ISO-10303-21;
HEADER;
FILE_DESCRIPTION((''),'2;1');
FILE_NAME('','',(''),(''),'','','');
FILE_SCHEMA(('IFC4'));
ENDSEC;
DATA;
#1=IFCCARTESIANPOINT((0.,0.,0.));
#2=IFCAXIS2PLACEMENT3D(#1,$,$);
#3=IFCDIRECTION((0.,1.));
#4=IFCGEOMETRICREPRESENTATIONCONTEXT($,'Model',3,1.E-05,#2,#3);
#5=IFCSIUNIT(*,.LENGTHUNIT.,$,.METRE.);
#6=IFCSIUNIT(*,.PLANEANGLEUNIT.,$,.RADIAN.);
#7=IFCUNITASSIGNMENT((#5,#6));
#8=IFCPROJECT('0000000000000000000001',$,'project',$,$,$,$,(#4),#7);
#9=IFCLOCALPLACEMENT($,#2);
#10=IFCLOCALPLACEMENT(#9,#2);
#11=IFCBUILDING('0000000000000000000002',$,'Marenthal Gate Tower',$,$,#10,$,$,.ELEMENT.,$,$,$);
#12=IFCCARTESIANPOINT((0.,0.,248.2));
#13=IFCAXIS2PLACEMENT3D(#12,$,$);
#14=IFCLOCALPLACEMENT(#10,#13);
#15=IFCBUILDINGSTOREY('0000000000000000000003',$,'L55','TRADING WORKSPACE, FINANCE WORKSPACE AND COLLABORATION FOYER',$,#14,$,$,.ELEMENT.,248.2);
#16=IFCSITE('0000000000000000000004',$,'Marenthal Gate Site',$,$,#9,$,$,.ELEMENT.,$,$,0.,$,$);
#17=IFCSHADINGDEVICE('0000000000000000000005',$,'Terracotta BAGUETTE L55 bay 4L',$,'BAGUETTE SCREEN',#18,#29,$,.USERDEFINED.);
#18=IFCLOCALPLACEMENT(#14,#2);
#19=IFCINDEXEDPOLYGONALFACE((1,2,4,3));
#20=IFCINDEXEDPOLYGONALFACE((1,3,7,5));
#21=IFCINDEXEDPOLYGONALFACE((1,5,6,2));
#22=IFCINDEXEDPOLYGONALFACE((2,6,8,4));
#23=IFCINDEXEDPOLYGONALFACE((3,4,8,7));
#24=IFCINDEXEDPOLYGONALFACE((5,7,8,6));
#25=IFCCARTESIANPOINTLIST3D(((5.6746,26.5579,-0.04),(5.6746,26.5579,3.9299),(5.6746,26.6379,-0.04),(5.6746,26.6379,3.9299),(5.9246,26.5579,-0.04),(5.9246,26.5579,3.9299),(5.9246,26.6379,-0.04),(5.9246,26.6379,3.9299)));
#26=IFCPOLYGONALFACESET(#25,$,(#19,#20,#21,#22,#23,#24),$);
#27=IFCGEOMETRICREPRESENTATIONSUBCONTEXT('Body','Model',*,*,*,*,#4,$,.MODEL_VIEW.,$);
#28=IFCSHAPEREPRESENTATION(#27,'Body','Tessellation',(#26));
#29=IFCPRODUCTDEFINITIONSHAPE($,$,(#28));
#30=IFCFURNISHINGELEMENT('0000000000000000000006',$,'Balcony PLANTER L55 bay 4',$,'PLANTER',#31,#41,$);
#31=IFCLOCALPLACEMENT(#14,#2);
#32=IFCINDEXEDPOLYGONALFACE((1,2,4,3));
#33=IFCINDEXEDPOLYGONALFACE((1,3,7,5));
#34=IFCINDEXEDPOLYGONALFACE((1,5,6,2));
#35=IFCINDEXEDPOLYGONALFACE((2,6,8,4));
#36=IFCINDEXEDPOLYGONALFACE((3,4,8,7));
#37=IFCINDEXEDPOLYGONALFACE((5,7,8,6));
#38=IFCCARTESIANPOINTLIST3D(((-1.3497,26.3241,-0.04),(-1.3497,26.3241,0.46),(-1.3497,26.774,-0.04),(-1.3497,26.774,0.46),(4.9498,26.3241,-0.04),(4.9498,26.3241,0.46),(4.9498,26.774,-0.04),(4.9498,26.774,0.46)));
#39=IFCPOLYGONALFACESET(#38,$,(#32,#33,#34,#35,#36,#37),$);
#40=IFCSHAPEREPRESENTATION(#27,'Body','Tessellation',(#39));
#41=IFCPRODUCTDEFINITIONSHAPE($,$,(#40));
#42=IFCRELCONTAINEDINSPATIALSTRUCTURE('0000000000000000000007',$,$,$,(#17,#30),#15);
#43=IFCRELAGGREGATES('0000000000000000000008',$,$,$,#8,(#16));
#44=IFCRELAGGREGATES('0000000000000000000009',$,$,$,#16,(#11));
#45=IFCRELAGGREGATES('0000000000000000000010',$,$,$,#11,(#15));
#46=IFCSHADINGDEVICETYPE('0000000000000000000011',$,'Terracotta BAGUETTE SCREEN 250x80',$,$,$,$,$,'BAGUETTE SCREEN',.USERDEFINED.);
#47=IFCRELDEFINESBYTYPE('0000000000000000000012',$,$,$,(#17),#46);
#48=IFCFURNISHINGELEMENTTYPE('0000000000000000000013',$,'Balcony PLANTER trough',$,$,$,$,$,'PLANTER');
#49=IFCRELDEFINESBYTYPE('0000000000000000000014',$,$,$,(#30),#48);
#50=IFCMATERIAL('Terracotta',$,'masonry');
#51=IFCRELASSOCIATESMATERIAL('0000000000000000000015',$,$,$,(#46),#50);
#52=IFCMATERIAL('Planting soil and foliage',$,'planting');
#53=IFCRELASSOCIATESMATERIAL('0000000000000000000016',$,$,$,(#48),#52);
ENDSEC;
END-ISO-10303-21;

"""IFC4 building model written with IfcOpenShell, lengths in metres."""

from ifc_helpers import new_model, si_unit, direction, frame, origin, origin_2d, place, context, subcontext, project, spatial, rectangle, extrude, material, material_profile, profile_set, type_object, element, save


model = new_model("IFC4")

# Units and contexts
model_context = context("Model", 3, precision=1e-05, world=origin(), true_north=direction((0.0, 1.0)))
body_context = subcontext(model_context, "Body", "Model", "MODEL_VIEW")
ifc_project = project(units=[si_unit("LENGTHUNIT", "METRE"), si_unit("PLANEANGLEUNIT", "RADIAN")], contexts=[model_context])

# Site, building, storey
site_placement = place(None, origin())
site = spatial("IfcSite", under=ifc_project, at=site_placement, Name="Marenthal Gate Site", CompositionType="ELEMENT", RefElevation=0.0)
building_placement = place(site_placement, origin())
building = spatial("IfcBuilding", under=site, at=building_placement, Name="Marenthal Gate Tower", CompositionType="ELEMENT")
storey_placement = place(building_placement, frame((0.0, 0.0, 248.2)))
storey = spatial("IfcBuildingStorey", under=building, at=storey_placement, Name="L55", Description="TRADING WORKSPACE, FINANCE WORKSPACE AND COLLABORATION FOYER", CompositionType="ELEMENT", Elevation=248.2)

# Shading device
ifc_material_1 = material(Name="Terracotta", Category="masonry")
ifc_material_profile_1 = material_profile(ifc_material_1, rectangle(XDim=0.25, YDim=0.0801, at=origin_2d()), Name="Terracotta baguette 250x80")
ifc_profile_set_1 = profile_set([ifc_material_profile_1], Name="Terracotta")
shading_device_type = type_object("IfcShadingDeviceType", Name="Terracotta BAGUETTE SCREEN 250x80", ElementType="BAGUETTE SCREEN", PredefinedType="USERDEFINED", material=ifc_profile_set_1)
shading_device_placement = place(storey_placement, frame((5.7996, 26.5979, -0.04), z_axis=(0.0, 0.0, 1.0), x_axis=(-1.0, 0.0, 0.0)))
element("IfcShadingDevice", 1, at=shading_device_placement, inside=storey, type_object=shading_device_type, Name="Terracotta BAGUETTE L55 bay 4L", ObjectType="BAGUETTE SCREEN", PredefinedType="USERDEFINED", context=body_context, shape_type="SweptSolid", body=[
    extrude(rectangle(XDim=0.25, YDim=0.0801, at=origin_2d()), origin(), (0.0, 0.0, 1.0), 3.97),
])

# Furnishing element
ifc_material_2 = material(Name="Planting soil and foliage", Category="planting")
furnishing_element_type = type_object("IfcFurnishingElementType", Name="Balcony PLANTER trough", ElementType="PLANTER", material=ifc_material_2)
furnishing_placement = place(storey_placement, frame((1.8, 26.5491, -0.04), z_axis=(0.0, 0.0, 1.0), x_axis=(-1.0, 0.0, 0.0)))
element("IfcFurnishingElement", 2, at=furnishing_placement, inside=storey, type_object=furnishing_element_type, Name="Balcony PLANTER L55 bay 4", ObjectType="PLANTER", context=body_context, shape_type="SweptSolid", body=[
    extrude(rectangle(XDim=6.2996, YDim=0.45, at=origin_2d()), origin(), (0.0, 0.0, 1.0), 0.5),
])

save(model, "model.ifc")
